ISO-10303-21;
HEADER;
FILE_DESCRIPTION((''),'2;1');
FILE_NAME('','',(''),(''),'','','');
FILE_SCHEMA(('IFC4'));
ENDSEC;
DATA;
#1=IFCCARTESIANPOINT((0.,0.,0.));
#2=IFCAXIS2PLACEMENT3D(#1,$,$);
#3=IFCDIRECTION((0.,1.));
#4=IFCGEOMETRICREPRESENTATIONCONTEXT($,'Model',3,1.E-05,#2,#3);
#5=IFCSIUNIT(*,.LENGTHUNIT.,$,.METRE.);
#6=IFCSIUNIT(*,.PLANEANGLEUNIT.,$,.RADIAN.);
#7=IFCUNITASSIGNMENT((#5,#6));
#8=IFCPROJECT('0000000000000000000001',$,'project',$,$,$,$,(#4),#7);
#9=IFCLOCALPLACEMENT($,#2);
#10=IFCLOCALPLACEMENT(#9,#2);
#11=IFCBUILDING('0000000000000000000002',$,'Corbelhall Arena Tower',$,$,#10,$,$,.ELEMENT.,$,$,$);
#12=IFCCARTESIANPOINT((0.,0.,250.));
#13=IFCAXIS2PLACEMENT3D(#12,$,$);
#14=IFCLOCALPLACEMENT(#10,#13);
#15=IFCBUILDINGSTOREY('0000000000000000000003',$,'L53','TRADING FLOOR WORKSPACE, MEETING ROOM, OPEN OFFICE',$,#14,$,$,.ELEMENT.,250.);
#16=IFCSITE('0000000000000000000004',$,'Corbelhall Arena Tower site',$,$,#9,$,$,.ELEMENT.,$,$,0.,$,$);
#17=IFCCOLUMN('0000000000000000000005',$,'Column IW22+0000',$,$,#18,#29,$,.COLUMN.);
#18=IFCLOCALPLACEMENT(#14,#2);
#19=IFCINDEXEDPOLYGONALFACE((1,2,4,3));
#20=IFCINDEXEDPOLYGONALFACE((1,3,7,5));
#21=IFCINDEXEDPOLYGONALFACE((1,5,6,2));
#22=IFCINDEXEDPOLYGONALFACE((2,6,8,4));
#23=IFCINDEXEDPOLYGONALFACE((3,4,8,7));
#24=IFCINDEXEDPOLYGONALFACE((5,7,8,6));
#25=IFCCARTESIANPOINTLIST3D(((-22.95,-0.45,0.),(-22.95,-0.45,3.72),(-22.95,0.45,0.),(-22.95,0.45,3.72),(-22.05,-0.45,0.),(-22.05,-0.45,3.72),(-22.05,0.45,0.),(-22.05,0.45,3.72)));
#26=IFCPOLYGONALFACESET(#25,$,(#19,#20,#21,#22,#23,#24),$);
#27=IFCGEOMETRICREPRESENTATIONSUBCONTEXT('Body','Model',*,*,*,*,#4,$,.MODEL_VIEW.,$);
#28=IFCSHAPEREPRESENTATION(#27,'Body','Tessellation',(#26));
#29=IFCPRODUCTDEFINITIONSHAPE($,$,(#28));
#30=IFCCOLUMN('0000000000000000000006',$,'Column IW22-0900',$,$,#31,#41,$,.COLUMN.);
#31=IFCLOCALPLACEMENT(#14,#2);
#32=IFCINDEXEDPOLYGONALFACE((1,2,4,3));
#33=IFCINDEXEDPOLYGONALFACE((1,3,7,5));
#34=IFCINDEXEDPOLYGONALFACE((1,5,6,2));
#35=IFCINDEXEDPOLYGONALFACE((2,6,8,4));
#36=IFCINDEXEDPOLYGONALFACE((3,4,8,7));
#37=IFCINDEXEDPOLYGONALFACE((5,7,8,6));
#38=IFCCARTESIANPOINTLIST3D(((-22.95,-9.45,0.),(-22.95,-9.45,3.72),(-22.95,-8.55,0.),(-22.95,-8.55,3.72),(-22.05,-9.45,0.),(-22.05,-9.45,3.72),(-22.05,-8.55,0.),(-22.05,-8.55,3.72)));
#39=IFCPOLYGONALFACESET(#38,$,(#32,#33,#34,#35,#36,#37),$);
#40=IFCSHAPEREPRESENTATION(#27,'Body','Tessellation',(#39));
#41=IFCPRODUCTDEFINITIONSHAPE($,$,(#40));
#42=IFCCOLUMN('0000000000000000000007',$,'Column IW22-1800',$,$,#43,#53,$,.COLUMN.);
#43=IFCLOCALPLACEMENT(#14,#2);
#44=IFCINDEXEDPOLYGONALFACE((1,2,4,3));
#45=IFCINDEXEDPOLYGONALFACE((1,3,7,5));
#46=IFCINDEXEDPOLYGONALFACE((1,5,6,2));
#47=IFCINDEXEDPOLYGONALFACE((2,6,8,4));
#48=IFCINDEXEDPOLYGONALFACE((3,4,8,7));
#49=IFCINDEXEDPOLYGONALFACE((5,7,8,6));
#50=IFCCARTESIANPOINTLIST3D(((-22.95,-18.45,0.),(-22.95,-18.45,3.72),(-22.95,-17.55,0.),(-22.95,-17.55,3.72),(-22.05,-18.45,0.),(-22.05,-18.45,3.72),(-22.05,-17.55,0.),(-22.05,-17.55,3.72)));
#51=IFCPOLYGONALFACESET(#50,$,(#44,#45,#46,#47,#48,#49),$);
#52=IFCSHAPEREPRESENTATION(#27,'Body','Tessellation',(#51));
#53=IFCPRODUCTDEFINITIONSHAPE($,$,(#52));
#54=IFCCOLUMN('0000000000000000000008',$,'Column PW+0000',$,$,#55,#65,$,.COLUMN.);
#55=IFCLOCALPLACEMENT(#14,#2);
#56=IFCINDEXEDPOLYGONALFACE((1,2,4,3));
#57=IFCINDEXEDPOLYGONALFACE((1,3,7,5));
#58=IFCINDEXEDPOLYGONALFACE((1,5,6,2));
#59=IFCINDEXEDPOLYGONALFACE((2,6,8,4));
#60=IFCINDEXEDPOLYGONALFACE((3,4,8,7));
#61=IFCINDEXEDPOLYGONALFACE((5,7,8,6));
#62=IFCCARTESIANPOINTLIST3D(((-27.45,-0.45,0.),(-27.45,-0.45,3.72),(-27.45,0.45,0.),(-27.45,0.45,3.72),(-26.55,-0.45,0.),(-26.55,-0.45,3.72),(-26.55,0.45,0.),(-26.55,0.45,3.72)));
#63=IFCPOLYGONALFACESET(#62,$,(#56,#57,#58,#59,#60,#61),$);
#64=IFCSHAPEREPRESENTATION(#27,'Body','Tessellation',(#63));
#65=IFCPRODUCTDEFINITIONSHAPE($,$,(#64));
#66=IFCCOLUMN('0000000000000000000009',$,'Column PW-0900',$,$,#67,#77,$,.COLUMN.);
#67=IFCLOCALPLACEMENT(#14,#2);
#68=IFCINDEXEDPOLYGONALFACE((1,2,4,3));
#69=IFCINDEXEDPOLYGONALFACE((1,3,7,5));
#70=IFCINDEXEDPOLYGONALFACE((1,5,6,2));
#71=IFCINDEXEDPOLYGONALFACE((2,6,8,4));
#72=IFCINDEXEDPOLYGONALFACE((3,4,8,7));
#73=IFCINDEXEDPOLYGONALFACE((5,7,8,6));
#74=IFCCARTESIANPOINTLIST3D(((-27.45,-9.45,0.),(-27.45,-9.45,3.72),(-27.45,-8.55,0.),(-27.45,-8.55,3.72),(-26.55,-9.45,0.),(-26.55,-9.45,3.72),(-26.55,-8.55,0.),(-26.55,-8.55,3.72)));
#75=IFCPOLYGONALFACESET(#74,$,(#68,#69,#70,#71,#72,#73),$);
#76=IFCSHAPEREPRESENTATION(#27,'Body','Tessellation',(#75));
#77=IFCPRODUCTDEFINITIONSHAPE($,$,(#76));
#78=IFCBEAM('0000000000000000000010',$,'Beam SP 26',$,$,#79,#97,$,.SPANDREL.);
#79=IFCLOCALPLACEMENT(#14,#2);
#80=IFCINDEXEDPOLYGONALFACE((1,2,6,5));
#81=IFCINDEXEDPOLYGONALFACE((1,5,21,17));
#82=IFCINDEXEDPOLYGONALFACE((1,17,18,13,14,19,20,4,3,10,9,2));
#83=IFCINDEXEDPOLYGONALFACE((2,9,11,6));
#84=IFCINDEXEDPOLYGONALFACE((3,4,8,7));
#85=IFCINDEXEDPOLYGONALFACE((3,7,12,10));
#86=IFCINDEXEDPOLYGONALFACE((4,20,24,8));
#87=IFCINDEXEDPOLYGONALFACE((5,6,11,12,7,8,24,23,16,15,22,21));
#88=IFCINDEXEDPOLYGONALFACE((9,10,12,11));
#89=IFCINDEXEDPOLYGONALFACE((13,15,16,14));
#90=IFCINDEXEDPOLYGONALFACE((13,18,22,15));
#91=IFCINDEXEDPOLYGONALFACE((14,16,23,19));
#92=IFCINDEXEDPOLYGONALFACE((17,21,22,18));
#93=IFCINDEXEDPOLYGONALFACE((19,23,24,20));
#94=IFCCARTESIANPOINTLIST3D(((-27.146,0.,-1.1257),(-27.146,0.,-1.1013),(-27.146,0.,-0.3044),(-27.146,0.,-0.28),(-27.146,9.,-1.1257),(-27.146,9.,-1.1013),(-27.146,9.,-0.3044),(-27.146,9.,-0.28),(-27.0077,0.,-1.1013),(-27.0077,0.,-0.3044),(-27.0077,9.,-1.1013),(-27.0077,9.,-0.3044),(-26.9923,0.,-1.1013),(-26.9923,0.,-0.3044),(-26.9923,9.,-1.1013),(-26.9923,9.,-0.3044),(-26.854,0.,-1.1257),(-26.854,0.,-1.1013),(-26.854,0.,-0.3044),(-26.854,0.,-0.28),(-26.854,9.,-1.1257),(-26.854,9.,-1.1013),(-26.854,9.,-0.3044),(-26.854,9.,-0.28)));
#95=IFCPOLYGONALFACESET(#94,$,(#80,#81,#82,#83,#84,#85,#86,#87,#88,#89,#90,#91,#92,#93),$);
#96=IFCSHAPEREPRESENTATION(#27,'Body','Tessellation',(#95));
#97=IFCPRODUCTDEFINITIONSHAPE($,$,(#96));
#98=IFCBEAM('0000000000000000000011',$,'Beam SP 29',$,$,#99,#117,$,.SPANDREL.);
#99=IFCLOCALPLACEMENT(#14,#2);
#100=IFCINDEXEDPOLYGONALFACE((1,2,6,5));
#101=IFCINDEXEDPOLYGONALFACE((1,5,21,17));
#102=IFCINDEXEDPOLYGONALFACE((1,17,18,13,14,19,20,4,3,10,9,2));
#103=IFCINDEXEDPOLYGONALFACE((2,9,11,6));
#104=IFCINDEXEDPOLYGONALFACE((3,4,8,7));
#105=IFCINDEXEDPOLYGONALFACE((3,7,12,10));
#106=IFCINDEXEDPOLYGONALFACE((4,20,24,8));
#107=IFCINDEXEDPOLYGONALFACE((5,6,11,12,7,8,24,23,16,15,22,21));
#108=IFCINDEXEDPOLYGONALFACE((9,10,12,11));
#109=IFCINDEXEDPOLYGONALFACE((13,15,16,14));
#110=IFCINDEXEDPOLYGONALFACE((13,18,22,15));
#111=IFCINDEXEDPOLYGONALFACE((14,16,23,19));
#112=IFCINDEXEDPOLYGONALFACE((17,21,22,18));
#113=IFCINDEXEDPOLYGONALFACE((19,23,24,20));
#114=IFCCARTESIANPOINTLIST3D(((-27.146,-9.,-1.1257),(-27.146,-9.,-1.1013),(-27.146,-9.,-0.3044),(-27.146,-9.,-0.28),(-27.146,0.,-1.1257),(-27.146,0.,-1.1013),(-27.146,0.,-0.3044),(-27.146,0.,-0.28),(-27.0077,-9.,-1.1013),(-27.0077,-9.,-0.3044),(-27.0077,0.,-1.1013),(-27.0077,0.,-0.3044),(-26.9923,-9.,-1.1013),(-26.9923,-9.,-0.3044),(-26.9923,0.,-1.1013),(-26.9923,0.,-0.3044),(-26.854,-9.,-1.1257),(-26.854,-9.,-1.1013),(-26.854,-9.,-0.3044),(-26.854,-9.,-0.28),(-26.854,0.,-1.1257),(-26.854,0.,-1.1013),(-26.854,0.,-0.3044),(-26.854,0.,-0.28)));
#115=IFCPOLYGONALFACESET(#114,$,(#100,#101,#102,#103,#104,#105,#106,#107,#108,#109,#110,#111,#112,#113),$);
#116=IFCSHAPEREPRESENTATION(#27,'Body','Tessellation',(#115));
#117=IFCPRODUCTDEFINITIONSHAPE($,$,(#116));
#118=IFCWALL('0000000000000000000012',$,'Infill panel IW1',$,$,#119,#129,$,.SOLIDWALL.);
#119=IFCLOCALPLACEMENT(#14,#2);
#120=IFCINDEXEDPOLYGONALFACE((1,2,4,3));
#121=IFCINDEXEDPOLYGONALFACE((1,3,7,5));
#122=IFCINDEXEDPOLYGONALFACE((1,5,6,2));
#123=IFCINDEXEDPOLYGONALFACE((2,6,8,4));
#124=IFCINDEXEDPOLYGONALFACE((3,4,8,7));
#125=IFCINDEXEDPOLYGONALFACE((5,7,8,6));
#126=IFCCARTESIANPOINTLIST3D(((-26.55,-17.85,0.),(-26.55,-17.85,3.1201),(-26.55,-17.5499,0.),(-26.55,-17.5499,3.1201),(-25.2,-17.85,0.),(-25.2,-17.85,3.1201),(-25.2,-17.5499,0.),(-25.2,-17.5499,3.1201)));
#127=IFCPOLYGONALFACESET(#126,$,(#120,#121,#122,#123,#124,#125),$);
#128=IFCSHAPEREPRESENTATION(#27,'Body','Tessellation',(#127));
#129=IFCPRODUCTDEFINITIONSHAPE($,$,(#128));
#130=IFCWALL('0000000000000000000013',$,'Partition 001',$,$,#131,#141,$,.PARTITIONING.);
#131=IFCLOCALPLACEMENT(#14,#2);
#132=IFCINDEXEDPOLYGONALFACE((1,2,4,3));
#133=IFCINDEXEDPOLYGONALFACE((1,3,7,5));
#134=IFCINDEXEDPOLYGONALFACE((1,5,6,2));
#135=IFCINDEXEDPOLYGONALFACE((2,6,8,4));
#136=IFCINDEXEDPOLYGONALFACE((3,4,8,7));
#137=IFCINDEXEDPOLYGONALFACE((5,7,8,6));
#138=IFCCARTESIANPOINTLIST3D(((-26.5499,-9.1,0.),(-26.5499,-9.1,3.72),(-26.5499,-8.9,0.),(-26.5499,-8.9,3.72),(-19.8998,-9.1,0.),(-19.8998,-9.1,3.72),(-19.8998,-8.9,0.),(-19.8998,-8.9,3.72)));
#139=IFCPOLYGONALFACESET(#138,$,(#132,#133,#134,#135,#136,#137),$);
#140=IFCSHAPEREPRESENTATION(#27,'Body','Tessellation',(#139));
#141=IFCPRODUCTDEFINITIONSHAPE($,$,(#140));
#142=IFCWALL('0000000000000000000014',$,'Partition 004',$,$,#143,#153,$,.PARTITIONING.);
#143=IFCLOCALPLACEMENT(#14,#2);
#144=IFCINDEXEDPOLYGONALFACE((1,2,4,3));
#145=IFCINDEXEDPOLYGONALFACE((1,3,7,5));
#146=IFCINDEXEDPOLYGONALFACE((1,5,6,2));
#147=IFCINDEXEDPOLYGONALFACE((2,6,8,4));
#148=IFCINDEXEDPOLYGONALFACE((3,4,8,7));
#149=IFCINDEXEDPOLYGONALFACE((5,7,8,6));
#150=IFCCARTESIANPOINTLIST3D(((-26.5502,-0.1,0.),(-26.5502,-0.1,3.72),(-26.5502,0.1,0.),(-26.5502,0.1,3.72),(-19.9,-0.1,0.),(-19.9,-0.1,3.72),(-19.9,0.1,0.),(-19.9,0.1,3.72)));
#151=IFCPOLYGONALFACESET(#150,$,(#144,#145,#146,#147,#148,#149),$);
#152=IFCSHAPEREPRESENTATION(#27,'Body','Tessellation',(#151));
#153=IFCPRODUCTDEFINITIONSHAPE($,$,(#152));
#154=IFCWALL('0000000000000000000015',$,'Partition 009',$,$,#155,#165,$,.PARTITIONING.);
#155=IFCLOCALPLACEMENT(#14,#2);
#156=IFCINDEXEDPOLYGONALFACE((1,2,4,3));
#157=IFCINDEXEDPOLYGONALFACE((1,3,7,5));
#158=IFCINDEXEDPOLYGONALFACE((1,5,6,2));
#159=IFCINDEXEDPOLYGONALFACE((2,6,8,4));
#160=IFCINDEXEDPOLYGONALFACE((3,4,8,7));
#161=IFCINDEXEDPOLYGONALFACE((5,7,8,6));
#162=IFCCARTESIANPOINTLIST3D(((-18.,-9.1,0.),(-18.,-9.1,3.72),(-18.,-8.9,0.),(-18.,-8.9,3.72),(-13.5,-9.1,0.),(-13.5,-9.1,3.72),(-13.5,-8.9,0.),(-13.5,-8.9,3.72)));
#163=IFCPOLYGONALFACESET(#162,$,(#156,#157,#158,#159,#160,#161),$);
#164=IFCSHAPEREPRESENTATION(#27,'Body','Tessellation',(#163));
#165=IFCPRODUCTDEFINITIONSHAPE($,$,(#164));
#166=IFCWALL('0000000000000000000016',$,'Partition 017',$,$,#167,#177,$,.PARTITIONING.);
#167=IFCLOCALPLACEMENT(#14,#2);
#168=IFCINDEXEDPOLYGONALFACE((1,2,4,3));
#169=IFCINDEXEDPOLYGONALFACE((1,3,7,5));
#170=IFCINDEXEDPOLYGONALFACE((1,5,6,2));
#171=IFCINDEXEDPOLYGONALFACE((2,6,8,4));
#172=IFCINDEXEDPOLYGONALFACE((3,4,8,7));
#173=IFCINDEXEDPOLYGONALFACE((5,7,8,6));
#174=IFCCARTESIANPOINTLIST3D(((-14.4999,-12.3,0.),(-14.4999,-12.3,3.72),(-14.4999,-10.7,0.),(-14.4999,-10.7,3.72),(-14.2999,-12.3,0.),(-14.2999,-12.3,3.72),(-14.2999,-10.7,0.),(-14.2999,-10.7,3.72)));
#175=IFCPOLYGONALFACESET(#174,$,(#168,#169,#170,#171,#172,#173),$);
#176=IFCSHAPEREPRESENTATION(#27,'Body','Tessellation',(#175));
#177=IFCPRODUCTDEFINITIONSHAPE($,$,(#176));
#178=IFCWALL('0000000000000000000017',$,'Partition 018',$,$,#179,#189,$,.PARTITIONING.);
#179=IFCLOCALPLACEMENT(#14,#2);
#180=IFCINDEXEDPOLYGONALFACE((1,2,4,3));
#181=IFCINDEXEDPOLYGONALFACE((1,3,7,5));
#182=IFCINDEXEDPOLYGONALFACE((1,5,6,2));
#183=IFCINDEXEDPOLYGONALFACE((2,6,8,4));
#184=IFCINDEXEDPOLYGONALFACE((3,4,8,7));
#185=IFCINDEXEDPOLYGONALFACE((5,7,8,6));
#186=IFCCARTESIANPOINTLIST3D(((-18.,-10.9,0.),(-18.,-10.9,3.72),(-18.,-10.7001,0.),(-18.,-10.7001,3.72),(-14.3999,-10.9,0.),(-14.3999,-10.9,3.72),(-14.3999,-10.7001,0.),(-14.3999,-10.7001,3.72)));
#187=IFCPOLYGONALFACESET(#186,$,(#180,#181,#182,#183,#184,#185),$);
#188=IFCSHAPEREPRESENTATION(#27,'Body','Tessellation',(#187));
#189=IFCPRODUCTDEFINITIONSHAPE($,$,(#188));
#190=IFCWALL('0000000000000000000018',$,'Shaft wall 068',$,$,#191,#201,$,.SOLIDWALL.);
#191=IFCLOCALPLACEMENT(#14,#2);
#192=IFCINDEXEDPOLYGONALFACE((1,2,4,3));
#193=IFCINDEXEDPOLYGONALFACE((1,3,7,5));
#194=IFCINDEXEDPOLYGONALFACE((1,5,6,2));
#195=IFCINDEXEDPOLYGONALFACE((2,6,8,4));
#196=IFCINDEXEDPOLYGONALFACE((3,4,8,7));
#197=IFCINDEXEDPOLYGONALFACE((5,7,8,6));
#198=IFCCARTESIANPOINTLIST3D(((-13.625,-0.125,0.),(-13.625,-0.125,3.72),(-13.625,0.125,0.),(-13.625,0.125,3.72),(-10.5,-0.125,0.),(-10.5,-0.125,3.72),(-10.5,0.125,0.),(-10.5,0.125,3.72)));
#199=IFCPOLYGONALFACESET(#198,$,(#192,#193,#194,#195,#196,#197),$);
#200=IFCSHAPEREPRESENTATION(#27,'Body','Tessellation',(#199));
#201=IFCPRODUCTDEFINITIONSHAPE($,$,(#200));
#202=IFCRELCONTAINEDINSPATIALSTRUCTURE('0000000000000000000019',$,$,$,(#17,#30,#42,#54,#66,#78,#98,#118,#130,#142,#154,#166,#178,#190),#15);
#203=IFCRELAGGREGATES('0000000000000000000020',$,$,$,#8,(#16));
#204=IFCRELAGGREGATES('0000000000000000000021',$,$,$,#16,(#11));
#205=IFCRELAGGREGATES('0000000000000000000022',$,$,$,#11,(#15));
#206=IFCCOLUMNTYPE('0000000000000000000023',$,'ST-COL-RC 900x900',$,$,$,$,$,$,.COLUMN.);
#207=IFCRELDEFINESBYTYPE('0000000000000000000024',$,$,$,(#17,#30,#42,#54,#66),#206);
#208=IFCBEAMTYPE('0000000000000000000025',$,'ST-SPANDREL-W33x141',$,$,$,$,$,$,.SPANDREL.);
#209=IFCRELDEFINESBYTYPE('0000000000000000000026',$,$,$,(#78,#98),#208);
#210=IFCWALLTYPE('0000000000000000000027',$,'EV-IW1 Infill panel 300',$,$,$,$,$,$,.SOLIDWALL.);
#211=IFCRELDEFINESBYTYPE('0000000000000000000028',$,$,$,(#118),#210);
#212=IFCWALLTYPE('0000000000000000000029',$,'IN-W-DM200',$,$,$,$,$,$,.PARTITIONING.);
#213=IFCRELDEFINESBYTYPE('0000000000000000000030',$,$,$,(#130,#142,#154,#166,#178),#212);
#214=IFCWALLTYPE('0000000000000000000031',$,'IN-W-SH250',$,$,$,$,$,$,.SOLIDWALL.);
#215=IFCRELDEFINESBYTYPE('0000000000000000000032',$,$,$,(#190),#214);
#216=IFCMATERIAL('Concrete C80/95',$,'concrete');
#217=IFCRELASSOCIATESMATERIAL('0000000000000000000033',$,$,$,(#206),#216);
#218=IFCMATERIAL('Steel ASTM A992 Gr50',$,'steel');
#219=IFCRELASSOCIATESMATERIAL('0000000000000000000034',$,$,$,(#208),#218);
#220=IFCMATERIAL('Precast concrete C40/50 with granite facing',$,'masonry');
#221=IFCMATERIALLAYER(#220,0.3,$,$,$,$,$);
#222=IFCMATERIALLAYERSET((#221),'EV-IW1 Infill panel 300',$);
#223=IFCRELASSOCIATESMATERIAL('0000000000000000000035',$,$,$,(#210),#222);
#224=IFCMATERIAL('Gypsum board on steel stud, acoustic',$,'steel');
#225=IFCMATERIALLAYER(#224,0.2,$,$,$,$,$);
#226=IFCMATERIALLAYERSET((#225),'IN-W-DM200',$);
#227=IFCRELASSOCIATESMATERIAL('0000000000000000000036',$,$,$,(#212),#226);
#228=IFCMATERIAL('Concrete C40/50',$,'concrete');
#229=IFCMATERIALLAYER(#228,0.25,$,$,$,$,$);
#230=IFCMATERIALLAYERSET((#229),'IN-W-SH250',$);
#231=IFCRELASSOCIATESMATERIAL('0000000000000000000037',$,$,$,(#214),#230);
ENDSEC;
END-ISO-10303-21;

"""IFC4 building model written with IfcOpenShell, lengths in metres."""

from ifc_helpers import new_model, si_unit, direction, frame, frame_2d, origin, origin_2d, place, context, subcontext, project, spatial, rectangle, i_section, extrude, material, layer, layer_set, material_profile, profile_set, type_object, element, save


model = new_model("IFC4")

# Units and contexts
model_context = context("Model", 3, precision=1e-05, world=origin(), true_north=direction((0.0, 1.0)))
body_context = subcontext(model_context, "Body", "Model", "MODEL_VIEW")
ifc_project = project(units=[si_unit("LENGTHUNIT", "METRE"), si_unit("PLANEANGLEUNIT", "RADIAN")], contexts=[model_context])

# Site, building, storey
site_placement = place(None, origin())
site = spatial("IfcSite", under=ifc_project, at=site_placement, Name="Corbelhall Arena Tower site", CompositionType="ELEMENT", RefElevation=0.0)
building_placement = place(site_placement, origin())
building = spatial("IfcBuilding", under=site, at=building_placement, Name="Corbelhall Arena Tower", CompositionType="ELEMENT")
storey_placement = place(building_placement, frame((0.0, 0.0, 250.0)))
storey = spatial("IfcBuildingStorey", under=building, at=storey_placement, Name="L53", Description="TRADING FLOOR WORKSPACE, MEETING ROOM, OPEN OFFICE", CompositionType="ELEMENT", Elevation=250.0)

# Columns
ifc_material_1 = material(Name="Concrete C80/95", Category="concrete")
ifc_material_profile_1 = material_profile(ifc_material_1, rectangle(XDim=0.8999, YDim=0.8999, at=origin_2d()))
ifc_profile_set_1 = profile_set([ifc_material_profile_1], Name="Concrete C80/95")
column_type = type_object("IfcColumnType", Name="ST-COL-RC 900x900", PredefinedType="COLUMN", material=ifc_profile_set_1)
for number, where, z_axis, x_axis, name in (
    (1, (-22.5, 0.0, 0.0), (0.0, 0.0, 1.0), (1.0, 0.0, 0.0), "Column IW22+0000"),
    (2, (-22.5, -9.0, 0.0), (0.0, 0.0, 1.0), (1.0, 0.0, 0.0), "Column IW22-0900"),
    (3, (-22.5, -18.0, 0.0), (0.0, 0.0, 1.0), (1.0, 0.0, 0.0), "Column IW22-1800"),
    (4, (-27.0, 0.0, 0.0), (0.0, 0.0, 1.0), (0.0, 1.0, 0.0), "Column PW+0000"),
    (5, (-27.0, -9.0, 0.0), (0.0, 0.0, 1.0), (0.0, 1.0, 0.0), "Column PW-0900"),
):
    element("IfcColumn", number, at=place(storey_placement, frame(where, z_axis=z_axis, x_axis=x_axis)), inside=storey, type_object=column_type, Name=name, PredefinedType="COLUMN", context=body_context, shape_type="SweptSolid", body=[
        extrude(rectangle(XDim=0.8999, YDim=0.8999, at=origin_2d()), origin(), (0.0, 0.0, 1.0), 3.72),
    ])

# Beams
ifc_material_2 = material(Name="Steel ASTM A992 Gr50", Category="steel")
ifc_material_profile_2 = material_profile(ifc_material_2, i_section(OverallWidth=0.292, OverallDepth=0.8457, WebThickness=0.0154, FlangeThickness=0.0244, at=origin_2d()))
ifc_profile_set_2 = profile_set([ifc_material_profile_2], Name="Steel ASTM A992 Gr50")
beam_type = type_object("IfcBeamType", Name="ST-SPANDREL-W33x141", PredefinedType="SPANDREL", material=ifc_profile_set_2)
for number, where, z_axis, x_axis, name in (
    (6, (-27.0, 0.0, -0.7029), (0.0, 1.0, 0.0), (-1.0, 0.0, 0.0), "Beam SP 26"),
    (7, (-27.0, -9.0, -0.7029), (0.0, 1.0, 0.0), (-1.0, 0.0, 0.0), "Beam SP 29"),
):
    element("IfcBeam", number, at=place(storey_placement, frame(where, z_axis=z_axis, x_axis=x_axis)), inside=storey, type_object=beam_type, Name=name, PredefinedType="SPANDREL", context=body_context, shape_type="SweptSolid", body=[
        extrude(i_section(OverallWidth=0.292, OverallDepth=0.8457, WebThickness=0.0154, FlangeThickness=0.0244, at=origin_2d()), origin(), (0.0, 0.0, 1.0), 9.0),
    ])

# Shared definitions
ifc_material_3 = material(Name="Precast concrete C40/50 with granite facing", Category="masonry")
ifc_layer_1 = layer(ifc_material_3, 0.3)
ifc_layer_set_1 = layer_set([ifc_layer_1], Name="EV-IW1 Infill panel 300")
wall_type_1 = type_object("IfcWallType", Name="EV-IW1 Infill panel 300", PredefinedType="SOLIDWALL", material=ifc_layer_set_1)

# Walls
wall_1_placement = place(storey_placement, frame((-26.55, -17.7, 0.0), z_axis=(0.0, 0.0, 1.0), x_axis=(1.0, 0.0, 0.0)))
element("IfcWall", 8, at=wall_1_placement, inside=storey, type_object=wall_type_1, Name="Infill panel IW1", PredefinedType="SOLIDWALL", context=body_context, shape_type="SweptSolid", body=[
    extrude(rectangle(XDim=1.3501, YDim=0.3, at=frame_2d((0.675, 0.0))), origin(), (0.0, 0.0, 1.0), 3.1201),
])
ifc_material_4 = material(Name="Gypsum board on steel stud, acoustic", Category="steel")
ifc_layer_2 = layer(ifc_material_4, 0.2)
ifc_layer_set_2 = layer_set([ifc_layer_2], Name="IN-W-DM200")
wall_type_2 = type_object("IfcWallType", Name="IN-W-DM200", PredefinedType="PARTITIONING", material=ifc_layer_set_2)
wall_2_placement = place(storey_placement, frame((-26.55, -9.0, 0.0), z_axis=(0.0, 0.0, 1.0), x_axis=(1.0, 0.0, 0.0)))
element("IfcWall", 9, at=wall_2_placement, inside=storey, type_object=wall_type_2, Name="Partition 001", PredefinedType="PARTITIONING", context=body_context, shape_type="SweptSolid", body=[
    extrude(rectangle(XDim=6.6501, YDim=0.2, at=frame_2d((3.3252, 0.0))), origin(), (0.0, 0.0, 1.0), 3.72),
])

# Wall
wall_3_placement = place(storey_placement, frame((-19.8999, 0.0, 0.0), z_axis=(0.0, 0.0, 1.0), x_axis=(-1.0, 0.0, 0.0)))
element("IfcWall", 10, at=wall_3_placement, inside=storey, type_object=wall_type_2, Name="Partition 004", PredefinedType="PARTITIONING", context=body_context, shape_type="SweptSolid", body=[
    extrude(rectangle(XDim=6.6501, YDim=0.2, at=frame_2d((3.3252, 0.0))), origin(), (0.0, 0.0, 1.0), 3.72),
])

# Walls
wall_4_placement = place(storey_placement, frame((-18.0, -9.0, 0.0), z_axis=(0.0, 0.0, 1.0), x_axis=(1.0, 0.0, 0.0)))
element("IfcWall", 11, at=wall_4_placement, inside=storey, type_object=wall_type_2, Name="Partition 009", PredefinedType="PARTITIONING", context=body_context, shape_type="SweptSolid", body=[
    extrude(rectangle(XDim=4.5, YDim=0.2, at=frame_2d((2.25, 0.0))), origin(), (0.0, 0.0, 1.0), 3.72),
])
wall_5_placement = place(storey_placement, frame((-14.3999, -12.3, 0.0), z_axis=(0.0, 0.0, 1.0), x_axis=(0.0, 1.0, 0.0)))
element("IfcWall", 12, at=wall_5_placement, inside=storey, type_object=wall_type_2, Name="Partition 017", PredefinedType="PARTITIONING", context=body_context, shape_type="SweptSolid", body=[
    extrude(rectangle(XDim=1.6001, YDim=0.2, at=frame_2d((0.8, 0.0))), origin(), (0.0, 0.0, 1.0), 3.72),
])
wall_6_placement = place(storey_placement, frame((-14.3999, -10.8, 0.0), z_axis=(0.0, 0.0, 1.0), x_axis=(-1.0, 0.0, 0.0)))
element("IfcWall", 13, at=wall_6_placement, inside=storey, type_object=wall_type_2, Name="Partition 018", PredefinedType="PARTITIONING", context=body_context, shape_type="SweptSolid", body=[
    extrude(rectangle(XDim=3.6001, YDim=0.2, at=frame_2d((1.8, 0.0))), origin(), (0.0, 0.0, 1.0), 3.72),
])
ifc_material_5 = material(Name="Concrete C40/50", Category="concrete")
ifc_layer_3 = layer(ifc_material_5, 0.25)
ifc_layer_set_3 = layer_set([ifc_layer_3], Name="IN-W-SH250")
wall_type_3 = type_object("IfcWallType", Name="IN-W-SH250", PredefinedType="SOLIDWALL", material=ifc_layer_set_3)
wall_7_placement = place(storey_placement, frame((-13.625, 0.0, 0.0), z_axis=(0.0, 0.0, 1.0), x_axis=(1.0, 0.0, 0.0)))
element("IfcWall", 14, at=wall_7_placement, inside=storey, type_object=wall_type_3, Name="Shaft wall 068", PredefinedType="SOLIDWALL", context=body_context, shape_type="SweptSolid", body=[
    extrude(rectangle(XDim=3.125, YDim=0.25, at=frame_2d((1.5625, 0.0))), origin(), (0.0, 0.0, 1.0), 3.72),
])

save(model, "model.ifc")
